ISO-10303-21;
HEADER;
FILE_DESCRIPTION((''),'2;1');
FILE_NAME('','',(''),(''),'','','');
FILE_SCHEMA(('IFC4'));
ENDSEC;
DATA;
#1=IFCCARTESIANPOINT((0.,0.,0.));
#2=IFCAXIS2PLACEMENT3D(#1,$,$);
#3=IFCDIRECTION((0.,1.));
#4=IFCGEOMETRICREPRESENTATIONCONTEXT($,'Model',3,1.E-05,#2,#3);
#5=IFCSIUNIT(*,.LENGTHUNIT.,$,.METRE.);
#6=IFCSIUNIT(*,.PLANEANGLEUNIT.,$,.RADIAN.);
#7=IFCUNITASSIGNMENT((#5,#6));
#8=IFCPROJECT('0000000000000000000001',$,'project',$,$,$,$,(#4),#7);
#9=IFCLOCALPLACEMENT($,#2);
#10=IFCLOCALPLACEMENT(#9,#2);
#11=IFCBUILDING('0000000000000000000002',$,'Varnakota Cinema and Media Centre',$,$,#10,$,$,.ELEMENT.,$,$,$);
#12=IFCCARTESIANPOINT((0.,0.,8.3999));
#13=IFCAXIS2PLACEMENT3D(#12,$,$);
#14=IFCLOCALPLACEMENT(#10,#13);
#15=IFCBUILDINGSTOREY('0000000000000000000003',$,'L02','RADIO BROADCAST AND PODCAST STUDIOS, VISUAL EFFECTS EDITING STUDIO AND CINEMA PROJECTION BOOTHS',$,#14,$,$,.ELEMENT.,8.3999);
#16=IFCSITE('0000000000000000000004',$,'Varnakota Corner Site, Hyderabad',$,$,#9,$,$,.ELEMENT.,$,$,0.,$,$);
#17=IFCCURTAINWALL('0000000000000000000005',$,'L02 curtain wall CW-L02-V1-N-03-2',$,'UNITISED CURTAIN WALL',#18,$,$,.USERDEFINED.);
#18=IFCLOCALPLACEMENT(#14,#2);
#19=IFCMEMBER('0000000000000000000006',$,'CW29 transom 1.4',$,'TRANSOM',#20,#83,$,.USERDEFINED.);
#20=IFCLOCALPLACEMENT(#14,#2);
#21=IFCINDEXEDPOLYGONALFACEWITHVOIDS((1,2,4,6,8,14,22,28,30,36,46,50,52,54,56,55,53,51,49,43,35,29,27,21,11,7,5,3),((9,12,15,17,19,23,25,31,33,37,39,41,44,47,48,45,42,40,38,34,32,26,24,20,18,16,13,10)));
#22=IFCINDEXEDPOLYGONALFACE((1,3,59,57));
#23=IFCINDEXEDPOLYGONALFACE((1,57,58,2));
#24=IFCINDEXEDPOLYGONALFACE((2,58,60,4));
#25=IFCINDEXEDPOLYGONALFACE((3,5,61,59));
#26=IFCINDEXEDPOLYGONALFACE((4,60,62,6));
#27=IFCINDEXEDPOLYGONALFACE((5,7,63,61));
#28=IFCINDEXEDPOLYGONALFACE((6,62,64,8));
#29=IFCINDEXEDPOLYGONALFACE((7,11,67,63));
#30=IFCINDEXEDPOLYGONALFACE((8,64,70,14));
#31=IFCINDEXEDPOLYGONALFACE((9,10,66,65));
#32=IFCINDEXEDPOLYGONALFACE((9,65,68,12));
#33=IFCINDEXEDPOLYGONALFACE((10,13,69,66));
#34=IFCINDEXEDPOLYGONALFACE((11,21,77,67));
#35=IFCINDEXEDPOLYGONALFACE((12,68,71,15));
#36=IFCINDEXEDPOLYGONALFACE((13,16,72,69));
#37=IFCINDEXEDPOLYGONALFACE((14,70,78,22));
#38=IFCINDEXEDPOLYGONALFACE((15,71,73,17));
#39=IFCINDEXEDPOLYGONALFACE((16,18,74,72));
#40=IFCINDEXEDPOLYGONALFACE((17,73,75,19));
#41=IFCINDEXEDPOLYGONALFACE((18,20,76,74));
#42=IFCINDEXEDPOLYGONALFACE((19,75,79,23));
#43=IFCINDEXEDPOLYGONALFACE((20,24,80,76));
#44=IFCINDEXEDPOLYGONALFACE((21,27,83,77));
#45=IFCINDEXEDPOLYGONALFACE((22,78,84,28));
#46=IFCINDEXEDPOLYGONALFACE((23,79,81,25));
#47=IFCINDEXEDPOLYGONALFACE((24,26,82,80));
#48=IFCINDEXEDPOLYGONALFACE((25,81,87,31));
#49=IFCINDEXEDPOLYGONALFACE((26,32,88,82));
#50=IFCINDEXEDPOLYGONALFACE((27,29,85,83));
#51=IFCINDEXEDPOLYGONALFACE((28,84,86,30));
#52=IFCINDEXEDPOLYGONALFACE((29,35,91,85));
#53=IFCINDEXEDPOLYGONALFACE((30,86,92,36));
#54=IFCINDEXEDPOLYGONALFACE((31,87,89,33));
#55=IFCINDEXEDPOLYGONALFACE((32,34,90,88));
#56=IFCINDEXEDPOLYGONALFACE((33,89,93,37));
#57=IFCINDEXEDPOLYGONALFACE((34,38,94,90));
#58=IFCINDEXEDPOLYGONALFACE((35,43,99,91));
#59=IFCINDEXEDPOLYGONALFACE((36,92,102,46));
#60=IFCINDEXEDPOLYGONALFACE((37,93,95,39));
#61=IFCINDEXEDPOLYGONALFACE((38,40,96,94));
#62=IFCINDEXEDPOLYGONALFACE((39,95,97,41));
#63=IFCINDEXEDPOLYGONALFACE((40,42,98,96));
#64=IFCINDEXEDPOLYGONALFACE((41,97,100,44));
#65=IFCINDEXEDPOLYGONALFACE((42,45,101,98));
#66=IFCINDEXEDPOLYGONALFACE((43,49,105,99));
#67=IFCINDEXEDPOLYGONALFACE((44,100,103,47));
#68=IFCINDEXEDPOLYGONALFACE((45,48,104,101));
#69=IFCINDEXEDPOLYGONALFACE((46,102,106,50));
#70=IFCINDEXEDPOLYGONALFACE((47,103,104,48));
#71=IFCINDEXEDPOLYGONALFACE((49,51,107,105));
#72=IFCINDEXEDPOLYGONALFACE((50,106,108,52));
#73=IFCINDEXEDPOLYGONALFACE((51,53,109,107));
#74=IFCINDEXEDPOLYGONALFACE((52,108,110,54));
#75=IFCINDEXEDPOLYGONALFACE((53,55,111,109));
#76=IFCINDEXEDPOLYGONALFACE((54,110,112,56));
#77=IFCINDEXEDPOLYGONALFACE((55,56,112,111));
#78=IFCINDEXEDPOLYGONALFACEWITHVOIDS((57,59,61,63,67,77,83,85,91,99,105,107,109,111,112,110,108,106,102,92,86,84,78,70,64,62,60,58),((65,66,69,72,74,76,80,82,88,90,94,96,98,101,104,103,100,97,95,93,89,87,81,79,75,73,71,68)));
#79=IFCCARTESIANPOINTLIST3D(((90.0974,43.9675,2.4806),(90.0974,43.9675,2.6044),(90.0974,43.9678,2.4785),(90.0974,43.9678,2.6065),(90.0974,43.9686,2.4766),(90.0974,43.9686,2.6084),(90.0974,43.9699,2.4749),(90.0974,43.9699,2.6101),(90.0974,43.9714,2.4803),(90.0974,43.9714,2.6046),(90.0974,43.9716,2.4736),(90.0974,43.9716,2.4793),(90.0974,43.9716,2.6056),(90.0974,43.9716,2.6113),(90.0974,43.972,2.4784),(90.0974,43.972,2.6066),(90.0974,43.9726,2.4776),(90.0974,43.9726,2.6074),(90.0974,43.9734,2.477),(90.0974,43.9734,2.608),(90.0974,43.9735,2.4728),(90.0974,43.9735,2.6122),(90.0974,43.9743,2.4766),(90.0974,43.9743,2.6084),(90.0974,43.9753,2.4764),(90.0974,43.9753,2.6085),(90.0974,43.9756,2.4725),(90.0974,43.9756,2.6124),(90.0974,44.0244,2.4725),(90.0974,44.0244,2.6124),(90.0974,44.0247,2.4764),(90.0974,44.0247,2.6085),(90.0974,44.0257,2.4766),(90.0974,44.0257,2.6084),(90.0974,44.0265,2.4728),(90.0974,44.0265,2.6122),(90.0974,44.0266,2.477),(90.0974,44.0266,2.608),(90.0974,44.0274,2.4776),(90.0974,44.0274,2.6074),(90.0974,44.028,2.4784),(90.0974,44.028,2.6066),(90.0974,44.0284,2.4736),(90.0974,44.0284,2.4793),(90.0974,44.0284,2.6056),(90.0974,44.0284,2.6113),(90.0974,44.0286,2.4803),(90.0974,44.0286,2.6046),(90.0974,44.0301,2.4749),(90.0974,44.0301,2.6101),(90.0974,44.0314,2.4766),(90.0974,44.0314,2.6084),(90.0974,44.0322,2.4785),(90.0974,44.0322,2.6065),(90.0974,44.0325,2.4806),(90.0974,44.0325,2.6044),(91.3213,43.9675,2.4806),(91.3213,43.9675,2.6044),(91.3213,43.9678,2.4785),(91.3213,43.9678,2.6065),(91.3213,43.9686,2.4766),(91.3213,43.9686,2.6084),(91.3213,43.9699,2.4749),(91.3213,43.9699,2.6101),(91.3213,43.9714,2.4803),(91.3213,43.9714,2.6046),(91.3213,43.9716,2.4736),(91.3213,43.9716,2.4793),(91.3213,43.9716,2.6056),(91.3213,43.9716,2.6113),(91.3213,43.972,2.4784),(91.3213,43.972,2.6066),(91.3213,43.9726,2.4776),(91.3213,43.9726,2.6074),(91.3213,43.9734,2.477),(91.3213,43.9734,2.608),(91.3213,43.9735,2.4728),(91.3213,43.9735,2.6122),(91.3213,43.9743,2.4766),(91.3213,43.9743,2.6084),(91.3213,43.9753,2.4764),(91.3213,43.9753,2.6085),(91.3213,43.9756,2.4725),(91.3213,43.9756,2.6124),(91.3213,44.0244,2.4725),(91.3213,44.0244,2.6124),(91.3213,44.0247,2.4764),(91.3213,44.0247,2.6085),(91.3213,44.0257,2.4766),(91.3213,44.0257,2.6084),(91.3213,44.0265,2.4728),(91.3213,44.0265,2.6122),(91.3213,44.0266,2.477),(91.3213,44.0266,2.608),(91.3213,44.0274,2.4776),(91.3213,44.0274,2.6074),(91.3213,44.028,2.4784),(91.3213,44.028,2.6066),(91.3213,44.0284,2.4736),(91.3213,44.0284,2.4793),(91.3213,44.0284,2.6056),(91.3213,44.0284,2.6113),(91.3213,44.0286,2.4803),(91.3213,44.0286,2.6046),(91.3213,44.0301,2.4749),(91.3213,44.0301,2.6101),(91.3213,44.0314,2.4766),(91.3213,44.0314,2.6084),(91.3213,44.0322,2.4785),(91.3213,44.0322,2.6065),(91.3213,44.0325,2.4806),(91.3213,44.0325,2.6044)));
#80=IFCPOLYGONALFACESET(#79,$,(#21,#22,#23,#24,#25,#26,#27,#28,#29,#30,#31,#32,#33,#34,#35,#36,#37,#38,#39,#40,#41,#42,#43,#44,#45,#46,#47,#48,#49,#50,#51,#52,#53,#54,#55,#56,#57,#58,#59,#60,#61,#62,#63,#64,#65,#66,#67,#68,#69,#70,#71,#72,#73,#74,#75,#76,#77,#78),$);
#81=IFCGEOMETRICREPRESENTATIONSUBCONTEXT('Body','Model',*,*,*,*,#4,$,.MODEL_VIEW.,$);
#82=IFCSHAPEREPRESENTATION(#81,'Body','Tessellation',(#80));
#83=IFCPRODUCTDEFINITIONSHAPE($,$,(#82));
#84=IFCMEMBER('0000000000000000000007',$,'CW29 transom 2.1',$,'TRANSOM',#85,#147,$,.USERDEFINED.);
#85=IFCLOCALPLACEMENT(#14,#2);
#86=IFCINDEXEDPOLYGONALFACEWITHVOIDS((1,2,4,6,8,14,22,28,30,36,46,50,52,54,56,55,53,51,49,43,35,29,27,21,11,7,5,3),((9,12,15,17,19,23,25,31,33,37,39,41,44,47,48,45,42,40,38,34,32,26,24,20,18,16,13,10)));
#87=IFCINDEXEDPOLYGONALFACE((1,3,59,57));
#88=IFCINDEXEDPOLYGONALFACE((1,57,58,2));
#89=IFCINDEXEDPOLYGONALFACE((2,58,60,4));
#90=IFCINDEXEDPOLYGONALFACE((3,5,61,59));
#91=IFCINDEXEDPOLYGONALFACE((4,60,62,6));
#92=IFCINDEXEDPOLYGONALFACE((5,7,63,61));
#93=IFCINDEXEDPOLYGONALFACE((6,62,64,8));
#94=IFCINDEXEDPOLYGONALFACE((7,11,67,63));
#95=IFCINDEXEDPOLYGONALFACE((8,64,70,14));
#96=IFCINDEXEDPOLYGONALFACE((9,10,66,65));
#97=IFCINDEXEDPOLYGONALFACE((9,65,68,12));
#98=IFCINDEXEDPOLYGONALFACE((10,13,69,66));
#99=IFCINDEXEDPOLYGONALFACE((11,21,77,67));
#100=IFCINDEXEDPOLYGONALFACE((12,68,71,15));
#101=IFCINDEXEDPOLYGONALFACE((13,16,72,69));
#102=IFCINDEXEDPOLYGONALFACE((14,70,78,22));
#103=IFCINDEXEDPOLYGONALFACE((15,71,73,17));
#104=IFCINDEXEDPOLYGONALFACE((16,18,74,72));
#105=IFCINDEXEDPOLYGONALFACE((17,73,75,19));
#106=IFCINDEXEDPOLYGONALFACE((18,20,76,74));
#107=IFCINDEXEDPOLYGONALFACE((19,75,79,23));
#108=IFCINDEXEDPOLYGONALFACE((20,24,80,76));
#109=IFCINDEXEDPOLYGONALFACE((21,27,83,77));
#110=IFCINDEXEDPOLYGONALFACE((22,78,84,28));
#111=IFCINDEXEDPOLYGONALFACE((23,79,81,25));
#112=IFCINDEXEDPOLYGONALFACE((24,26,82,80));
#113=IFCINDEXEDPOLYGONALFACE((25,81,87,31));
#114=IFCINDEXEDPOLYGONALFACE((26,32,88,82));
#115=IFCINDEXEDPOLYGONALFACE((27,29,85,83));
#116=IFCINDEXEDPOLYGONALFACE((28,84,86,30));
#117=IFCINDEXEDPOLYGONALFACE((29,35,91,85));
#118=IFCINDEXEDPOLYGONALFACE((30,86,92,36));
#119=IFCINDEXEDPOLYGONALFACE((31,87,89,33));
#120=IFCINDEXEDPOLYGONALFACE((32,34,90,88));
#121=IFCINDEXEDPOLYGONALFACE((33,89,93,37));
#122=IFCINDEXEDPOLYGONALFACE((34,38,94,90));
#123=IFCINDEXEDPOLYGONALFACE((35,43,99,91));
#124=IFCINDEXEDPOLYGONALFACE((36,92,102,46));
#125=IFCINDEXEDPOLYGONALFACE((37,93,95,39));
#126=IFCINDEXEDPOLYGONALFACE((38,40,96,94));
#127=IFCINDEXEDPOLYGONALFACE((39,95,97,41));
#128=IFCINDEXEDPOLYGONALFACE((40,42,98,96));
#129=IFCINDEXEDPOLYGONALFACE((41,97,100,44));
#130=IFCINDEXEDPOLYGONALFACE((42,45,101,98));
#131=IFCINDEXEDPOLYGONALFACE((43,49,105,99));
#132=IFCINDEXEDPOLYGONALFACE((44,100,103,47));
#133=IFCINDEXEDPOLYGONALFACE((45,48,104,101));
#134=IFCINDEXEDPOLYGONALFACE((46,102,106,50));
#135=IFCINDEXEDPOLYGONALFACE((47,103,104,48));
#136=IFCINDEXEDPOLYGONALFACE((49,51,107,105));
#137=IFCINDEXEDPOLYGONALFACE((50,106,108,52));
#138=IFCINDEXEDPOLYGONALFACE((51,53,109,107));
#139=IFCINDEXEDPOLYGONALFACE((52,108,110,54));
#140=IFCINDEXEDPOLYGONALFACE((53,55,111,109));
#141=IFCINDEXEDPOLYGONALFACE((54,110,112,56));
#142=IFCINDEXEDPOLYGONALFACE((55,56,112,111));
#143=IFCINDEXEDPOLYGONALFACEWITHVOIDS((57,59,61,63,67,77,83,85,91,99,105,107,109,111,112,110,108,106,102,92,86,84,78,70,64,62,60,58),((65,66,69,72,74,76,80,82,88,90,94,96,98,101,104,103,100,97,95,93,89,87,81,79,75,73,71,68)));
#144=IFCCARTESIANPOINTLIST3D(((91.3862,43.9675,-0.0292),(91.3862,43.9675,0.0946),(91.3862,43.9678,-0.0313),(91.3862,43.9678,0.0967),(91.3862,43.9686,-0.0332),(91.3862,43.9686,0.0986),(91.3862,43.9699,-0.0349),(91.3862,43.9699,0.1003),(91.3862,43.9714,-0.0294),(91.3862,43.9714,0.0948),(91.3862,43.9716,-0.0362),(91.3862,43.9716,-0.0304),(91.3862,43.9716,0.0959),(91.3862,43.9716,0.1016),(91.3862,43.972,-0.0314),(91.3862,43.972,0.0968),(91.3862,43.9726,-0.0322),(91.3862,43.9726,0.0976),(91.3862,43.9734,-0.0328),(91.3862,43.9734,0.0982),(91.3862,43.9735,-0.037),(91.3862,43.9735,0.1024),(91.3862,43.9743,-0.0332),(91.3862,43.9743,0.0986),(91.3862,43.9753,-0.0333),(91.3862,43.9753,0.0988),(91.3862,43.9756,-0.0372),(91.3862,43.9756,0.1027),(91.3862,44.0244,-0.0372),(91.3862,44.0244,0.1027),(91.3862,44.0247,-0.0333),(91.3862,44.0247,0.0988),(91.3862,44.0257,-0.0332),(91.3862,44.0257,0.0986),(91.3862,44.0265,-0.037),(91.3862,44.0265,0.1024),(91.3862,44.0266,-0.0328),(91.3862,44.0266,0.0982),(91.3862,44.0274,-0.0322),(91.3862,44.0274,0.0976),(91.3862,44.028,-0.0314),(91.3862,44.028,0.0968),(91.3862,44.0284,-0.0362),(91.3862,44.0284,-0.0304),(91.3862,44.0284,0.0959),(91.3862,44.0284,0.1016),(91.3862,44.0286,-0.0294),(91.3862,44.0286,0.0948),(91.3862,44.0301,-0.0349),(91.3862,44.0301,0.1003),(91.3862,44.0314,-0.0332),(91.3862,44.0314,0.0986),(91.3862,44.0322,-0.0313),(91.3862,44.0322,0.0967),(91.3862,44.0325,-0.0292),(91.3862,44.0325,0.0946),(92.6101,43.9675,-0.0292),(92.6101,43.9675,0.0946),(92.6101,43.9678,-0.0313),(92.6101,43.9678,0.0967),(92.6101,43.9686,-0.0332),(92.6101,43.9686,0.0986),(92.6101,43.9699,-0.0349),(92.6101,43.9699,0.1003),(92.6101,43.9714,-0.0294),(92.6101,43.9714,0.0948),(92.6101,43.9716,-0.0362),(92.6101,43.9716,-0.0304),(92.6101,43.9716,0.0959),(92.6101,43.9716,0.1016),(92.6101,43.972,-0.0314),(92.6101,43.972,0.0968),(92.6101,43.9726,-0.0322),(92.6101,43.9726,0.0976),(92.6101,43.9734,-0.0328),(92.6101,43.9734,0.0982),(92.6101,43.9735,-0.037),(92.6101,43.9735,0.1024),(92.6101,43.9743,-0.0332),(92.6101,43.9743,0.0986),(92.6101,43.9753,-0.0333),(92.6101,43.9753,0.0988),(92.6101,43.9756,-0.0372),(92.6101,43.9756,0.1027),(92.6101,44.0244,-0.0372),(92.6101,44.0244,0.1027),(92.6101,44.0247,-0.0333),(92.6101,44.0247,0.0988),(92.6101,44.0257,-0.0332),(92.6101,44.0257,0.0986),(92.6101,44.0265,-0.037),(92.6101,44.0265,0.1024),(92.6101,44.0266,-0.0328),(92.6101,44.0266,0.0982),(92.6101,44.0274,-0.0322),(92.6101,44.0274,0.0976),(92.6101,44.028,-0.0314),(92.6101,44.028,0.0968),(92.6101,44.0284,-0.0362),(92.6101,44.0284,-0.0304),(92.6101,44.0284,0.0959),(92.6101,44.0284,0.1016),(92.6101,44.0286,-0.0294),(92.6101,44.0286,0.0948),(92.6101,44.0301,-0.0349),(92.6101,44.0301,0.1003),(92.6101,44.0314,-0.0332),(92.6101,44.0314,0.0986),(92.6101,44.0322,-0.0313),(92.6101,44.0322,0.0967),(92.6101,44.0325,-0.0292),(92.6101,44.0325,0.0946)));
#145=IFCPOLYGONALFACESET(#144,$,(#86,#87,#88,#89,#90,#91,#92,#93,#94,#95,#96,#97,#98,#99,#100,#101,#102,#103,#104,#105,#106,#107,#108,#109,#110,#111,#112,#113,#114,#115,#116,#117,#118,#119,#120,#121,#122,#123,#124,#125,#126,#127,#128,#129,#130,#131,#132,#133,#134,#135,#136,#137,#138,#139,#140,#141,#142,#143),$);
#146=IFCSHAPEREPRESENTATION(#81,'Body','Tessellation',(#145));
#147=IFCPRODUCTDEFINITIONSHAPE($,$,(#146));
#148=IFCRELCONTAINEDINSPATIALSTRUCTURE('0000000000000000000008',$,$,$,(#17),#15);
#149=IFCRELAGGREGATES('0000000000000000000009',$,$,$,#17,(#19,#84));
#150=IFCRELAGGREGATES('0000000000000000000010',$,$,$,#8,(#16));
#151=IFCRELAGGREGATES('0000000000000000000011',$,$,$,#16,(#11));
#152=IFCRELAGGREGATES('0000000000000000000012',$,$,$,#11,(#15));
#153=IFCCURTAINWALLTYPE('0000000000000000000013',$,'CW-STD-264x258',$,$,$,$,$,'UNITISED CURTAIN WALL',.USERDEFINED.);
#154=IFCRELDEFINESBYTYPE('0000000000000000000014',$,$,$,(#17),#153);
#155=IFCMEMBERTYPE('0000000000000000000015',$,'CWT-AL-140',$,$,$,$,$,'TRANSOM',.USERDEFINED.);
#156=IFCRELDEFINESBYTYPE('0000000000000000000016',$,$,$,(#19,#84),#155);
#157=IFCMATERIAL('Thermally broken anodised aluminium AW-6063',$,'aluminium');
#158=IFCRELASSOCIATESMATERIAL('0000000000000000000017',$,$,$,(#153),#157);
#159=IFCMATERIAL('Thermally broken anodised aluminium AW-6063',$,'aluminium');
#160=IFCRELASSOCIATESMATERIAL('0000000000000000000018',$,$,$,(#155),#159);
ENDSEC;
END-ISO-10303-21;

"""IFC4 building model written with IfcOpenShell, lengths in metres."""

from ifc_helpers import new_model, si_unit, direction, frame, origin, origin_2d, place, context, subcontext, project, spatial, hollow_rectangle, extrude, material, material_profile, profile_set, type_object, element, aggregate, save


model = new_model("IFC4")

# Units and contexts
model_context = context("Model", 3, precision=1e-05, world=origin(), true_north=direction((0.0, 1.0)))
body_context = subcontext(model_context, "Body", "Model", "MODEL_VIEW")
ifc_project = project(units=[si_unit("LENGTHUNIT", "METRE"), si_unit("PLANEANGLEUNIT", "RADIAN")], contexts=[model_context])

# Site, building, storey
site_placement = place(None, origin())
site = spatial("IfcSite", under=ifc_project, at=site_placement, Name="Varnakota Corner Site, Hyderabad", CompositionType="ELEMENT", RefElevation=0.0)
building_placement = place(site_placement, origin())
building = spatial("IfcBuilding", under=site, at=building_placement, Name="Varnakota Cinema and Media Centre", CompositionType="ELEMENT")
storey_placement = place(building_placement, frame((0.0, 0.0, 8.3999)))
storey = spatial("IfcBuildingStorey", under=building, at=storey_placement, Name="L02", Description="RADIO BROADCAST AND PODCAST STUDIOS, VISUAL EFFECTS EDITING STUDIO AND CINEMA PROJECTION BOOTHS", CompositionType="ELEMENT", Elevation=8.3999)

# Curtain wall
ifc_material_1 = material(Name="Thermally broken anodised aluminium AW-6063", Category="aluminium")
curtain_wall_type = type_object("IfcCurtainWallType", Name="CW-STD-264x258", ElementType="UNITISED CURTAIN WALL", PredefinedType="USERDEFINED", material=ifc_material_1)
curtain_wall_1_placement = place(storey_placement, origin())
curtain_wall_1 = element("IfcCurtainWall", 1, at=curtain_wall_1_placement, inside=storey, type_object=curtain_wall_type, Name="L02 curtain wall CW-L02-V1-N-03-2", ObjectType="UNITISED CURTAIN WALL", PredefinedType="USERDEFINED")

# Members
ifc_material_2 = material(Name="Thermally broken anodised aluminium AW-6063", Category="aluminium")
ifc_material_profile_1 = material_profile(ifc_material_2, hollow_rectangle(XDim=0.0649, YDim=0.1399, WallThickness=0.0039, InnerFilletRadius=0.0039, OuterFilletRadius=0.0081, at=origin_2d()), Name="AL-TRANSOM 140x65x4")
ifc_profile_set_1 = profile_set([ifc_material_profile_1], Name="Thermally broken anodised aluminium AW-6063")
member_type_1 = type_object("IfcMemberType", Name="CWT-AL-140", ElementType="TRANSOM", PredefinedType="USERDEFINED", material=ifc_profile_set_1)
member_1_placement = place(storey_placement, frame((90.0974, 44.0, 2.5425), z_axis=(1.0, 0.0, 0.0), x_axis=(0.0, 1.0, 0.0)))
member_1 = element("IfcMember", 2, at=member_1_placement, type_object=member_type_1, Name="CW29 transom 1.4", ObjectType="TRANSOM", PredefinedType="USERDEFINED", context=body_context, shape_type="SweptSolid", body=[
    extrude(hollow_rectangle(XDim=0.0649, YDim=0.1399, WallThickness=0.0039, InnerFilletRadius=0.0039, OuterFilletRadius=0.0081, at=origin_2d()), origin(), (0.0, 0.0, 1.0), 1.2239),
])
member_2_placement = place(storey_placement, frame((91.3862, 44.0, 0.0327), z_axis=(1.0, 0.0, 0.0), x_axis=(0.0, 1.0, 0.0)))
member_2 = element("IfcMember", 3, at=member_2_placement, type_object=member_type_1, Name="CW29 transom 2.1", ObjectType="TRANSOM", PredefinedType="USERDEFINED", context=body_context, shape_type="SweptSolid", body=[
    extrude(hollow_rectangle(XDim=0.0649, YDim=0.1399, WallThickness=0.0039, InnerFilletRadius=0.0039, OuterFilletRadius=0.0081, at=origin_2d()), origin(), (0.0, 0.0, 1.0), 1.2239),
])

aggregate(curtain_wall_1, [member_1, member_2])

save(model, "model.ifc")
